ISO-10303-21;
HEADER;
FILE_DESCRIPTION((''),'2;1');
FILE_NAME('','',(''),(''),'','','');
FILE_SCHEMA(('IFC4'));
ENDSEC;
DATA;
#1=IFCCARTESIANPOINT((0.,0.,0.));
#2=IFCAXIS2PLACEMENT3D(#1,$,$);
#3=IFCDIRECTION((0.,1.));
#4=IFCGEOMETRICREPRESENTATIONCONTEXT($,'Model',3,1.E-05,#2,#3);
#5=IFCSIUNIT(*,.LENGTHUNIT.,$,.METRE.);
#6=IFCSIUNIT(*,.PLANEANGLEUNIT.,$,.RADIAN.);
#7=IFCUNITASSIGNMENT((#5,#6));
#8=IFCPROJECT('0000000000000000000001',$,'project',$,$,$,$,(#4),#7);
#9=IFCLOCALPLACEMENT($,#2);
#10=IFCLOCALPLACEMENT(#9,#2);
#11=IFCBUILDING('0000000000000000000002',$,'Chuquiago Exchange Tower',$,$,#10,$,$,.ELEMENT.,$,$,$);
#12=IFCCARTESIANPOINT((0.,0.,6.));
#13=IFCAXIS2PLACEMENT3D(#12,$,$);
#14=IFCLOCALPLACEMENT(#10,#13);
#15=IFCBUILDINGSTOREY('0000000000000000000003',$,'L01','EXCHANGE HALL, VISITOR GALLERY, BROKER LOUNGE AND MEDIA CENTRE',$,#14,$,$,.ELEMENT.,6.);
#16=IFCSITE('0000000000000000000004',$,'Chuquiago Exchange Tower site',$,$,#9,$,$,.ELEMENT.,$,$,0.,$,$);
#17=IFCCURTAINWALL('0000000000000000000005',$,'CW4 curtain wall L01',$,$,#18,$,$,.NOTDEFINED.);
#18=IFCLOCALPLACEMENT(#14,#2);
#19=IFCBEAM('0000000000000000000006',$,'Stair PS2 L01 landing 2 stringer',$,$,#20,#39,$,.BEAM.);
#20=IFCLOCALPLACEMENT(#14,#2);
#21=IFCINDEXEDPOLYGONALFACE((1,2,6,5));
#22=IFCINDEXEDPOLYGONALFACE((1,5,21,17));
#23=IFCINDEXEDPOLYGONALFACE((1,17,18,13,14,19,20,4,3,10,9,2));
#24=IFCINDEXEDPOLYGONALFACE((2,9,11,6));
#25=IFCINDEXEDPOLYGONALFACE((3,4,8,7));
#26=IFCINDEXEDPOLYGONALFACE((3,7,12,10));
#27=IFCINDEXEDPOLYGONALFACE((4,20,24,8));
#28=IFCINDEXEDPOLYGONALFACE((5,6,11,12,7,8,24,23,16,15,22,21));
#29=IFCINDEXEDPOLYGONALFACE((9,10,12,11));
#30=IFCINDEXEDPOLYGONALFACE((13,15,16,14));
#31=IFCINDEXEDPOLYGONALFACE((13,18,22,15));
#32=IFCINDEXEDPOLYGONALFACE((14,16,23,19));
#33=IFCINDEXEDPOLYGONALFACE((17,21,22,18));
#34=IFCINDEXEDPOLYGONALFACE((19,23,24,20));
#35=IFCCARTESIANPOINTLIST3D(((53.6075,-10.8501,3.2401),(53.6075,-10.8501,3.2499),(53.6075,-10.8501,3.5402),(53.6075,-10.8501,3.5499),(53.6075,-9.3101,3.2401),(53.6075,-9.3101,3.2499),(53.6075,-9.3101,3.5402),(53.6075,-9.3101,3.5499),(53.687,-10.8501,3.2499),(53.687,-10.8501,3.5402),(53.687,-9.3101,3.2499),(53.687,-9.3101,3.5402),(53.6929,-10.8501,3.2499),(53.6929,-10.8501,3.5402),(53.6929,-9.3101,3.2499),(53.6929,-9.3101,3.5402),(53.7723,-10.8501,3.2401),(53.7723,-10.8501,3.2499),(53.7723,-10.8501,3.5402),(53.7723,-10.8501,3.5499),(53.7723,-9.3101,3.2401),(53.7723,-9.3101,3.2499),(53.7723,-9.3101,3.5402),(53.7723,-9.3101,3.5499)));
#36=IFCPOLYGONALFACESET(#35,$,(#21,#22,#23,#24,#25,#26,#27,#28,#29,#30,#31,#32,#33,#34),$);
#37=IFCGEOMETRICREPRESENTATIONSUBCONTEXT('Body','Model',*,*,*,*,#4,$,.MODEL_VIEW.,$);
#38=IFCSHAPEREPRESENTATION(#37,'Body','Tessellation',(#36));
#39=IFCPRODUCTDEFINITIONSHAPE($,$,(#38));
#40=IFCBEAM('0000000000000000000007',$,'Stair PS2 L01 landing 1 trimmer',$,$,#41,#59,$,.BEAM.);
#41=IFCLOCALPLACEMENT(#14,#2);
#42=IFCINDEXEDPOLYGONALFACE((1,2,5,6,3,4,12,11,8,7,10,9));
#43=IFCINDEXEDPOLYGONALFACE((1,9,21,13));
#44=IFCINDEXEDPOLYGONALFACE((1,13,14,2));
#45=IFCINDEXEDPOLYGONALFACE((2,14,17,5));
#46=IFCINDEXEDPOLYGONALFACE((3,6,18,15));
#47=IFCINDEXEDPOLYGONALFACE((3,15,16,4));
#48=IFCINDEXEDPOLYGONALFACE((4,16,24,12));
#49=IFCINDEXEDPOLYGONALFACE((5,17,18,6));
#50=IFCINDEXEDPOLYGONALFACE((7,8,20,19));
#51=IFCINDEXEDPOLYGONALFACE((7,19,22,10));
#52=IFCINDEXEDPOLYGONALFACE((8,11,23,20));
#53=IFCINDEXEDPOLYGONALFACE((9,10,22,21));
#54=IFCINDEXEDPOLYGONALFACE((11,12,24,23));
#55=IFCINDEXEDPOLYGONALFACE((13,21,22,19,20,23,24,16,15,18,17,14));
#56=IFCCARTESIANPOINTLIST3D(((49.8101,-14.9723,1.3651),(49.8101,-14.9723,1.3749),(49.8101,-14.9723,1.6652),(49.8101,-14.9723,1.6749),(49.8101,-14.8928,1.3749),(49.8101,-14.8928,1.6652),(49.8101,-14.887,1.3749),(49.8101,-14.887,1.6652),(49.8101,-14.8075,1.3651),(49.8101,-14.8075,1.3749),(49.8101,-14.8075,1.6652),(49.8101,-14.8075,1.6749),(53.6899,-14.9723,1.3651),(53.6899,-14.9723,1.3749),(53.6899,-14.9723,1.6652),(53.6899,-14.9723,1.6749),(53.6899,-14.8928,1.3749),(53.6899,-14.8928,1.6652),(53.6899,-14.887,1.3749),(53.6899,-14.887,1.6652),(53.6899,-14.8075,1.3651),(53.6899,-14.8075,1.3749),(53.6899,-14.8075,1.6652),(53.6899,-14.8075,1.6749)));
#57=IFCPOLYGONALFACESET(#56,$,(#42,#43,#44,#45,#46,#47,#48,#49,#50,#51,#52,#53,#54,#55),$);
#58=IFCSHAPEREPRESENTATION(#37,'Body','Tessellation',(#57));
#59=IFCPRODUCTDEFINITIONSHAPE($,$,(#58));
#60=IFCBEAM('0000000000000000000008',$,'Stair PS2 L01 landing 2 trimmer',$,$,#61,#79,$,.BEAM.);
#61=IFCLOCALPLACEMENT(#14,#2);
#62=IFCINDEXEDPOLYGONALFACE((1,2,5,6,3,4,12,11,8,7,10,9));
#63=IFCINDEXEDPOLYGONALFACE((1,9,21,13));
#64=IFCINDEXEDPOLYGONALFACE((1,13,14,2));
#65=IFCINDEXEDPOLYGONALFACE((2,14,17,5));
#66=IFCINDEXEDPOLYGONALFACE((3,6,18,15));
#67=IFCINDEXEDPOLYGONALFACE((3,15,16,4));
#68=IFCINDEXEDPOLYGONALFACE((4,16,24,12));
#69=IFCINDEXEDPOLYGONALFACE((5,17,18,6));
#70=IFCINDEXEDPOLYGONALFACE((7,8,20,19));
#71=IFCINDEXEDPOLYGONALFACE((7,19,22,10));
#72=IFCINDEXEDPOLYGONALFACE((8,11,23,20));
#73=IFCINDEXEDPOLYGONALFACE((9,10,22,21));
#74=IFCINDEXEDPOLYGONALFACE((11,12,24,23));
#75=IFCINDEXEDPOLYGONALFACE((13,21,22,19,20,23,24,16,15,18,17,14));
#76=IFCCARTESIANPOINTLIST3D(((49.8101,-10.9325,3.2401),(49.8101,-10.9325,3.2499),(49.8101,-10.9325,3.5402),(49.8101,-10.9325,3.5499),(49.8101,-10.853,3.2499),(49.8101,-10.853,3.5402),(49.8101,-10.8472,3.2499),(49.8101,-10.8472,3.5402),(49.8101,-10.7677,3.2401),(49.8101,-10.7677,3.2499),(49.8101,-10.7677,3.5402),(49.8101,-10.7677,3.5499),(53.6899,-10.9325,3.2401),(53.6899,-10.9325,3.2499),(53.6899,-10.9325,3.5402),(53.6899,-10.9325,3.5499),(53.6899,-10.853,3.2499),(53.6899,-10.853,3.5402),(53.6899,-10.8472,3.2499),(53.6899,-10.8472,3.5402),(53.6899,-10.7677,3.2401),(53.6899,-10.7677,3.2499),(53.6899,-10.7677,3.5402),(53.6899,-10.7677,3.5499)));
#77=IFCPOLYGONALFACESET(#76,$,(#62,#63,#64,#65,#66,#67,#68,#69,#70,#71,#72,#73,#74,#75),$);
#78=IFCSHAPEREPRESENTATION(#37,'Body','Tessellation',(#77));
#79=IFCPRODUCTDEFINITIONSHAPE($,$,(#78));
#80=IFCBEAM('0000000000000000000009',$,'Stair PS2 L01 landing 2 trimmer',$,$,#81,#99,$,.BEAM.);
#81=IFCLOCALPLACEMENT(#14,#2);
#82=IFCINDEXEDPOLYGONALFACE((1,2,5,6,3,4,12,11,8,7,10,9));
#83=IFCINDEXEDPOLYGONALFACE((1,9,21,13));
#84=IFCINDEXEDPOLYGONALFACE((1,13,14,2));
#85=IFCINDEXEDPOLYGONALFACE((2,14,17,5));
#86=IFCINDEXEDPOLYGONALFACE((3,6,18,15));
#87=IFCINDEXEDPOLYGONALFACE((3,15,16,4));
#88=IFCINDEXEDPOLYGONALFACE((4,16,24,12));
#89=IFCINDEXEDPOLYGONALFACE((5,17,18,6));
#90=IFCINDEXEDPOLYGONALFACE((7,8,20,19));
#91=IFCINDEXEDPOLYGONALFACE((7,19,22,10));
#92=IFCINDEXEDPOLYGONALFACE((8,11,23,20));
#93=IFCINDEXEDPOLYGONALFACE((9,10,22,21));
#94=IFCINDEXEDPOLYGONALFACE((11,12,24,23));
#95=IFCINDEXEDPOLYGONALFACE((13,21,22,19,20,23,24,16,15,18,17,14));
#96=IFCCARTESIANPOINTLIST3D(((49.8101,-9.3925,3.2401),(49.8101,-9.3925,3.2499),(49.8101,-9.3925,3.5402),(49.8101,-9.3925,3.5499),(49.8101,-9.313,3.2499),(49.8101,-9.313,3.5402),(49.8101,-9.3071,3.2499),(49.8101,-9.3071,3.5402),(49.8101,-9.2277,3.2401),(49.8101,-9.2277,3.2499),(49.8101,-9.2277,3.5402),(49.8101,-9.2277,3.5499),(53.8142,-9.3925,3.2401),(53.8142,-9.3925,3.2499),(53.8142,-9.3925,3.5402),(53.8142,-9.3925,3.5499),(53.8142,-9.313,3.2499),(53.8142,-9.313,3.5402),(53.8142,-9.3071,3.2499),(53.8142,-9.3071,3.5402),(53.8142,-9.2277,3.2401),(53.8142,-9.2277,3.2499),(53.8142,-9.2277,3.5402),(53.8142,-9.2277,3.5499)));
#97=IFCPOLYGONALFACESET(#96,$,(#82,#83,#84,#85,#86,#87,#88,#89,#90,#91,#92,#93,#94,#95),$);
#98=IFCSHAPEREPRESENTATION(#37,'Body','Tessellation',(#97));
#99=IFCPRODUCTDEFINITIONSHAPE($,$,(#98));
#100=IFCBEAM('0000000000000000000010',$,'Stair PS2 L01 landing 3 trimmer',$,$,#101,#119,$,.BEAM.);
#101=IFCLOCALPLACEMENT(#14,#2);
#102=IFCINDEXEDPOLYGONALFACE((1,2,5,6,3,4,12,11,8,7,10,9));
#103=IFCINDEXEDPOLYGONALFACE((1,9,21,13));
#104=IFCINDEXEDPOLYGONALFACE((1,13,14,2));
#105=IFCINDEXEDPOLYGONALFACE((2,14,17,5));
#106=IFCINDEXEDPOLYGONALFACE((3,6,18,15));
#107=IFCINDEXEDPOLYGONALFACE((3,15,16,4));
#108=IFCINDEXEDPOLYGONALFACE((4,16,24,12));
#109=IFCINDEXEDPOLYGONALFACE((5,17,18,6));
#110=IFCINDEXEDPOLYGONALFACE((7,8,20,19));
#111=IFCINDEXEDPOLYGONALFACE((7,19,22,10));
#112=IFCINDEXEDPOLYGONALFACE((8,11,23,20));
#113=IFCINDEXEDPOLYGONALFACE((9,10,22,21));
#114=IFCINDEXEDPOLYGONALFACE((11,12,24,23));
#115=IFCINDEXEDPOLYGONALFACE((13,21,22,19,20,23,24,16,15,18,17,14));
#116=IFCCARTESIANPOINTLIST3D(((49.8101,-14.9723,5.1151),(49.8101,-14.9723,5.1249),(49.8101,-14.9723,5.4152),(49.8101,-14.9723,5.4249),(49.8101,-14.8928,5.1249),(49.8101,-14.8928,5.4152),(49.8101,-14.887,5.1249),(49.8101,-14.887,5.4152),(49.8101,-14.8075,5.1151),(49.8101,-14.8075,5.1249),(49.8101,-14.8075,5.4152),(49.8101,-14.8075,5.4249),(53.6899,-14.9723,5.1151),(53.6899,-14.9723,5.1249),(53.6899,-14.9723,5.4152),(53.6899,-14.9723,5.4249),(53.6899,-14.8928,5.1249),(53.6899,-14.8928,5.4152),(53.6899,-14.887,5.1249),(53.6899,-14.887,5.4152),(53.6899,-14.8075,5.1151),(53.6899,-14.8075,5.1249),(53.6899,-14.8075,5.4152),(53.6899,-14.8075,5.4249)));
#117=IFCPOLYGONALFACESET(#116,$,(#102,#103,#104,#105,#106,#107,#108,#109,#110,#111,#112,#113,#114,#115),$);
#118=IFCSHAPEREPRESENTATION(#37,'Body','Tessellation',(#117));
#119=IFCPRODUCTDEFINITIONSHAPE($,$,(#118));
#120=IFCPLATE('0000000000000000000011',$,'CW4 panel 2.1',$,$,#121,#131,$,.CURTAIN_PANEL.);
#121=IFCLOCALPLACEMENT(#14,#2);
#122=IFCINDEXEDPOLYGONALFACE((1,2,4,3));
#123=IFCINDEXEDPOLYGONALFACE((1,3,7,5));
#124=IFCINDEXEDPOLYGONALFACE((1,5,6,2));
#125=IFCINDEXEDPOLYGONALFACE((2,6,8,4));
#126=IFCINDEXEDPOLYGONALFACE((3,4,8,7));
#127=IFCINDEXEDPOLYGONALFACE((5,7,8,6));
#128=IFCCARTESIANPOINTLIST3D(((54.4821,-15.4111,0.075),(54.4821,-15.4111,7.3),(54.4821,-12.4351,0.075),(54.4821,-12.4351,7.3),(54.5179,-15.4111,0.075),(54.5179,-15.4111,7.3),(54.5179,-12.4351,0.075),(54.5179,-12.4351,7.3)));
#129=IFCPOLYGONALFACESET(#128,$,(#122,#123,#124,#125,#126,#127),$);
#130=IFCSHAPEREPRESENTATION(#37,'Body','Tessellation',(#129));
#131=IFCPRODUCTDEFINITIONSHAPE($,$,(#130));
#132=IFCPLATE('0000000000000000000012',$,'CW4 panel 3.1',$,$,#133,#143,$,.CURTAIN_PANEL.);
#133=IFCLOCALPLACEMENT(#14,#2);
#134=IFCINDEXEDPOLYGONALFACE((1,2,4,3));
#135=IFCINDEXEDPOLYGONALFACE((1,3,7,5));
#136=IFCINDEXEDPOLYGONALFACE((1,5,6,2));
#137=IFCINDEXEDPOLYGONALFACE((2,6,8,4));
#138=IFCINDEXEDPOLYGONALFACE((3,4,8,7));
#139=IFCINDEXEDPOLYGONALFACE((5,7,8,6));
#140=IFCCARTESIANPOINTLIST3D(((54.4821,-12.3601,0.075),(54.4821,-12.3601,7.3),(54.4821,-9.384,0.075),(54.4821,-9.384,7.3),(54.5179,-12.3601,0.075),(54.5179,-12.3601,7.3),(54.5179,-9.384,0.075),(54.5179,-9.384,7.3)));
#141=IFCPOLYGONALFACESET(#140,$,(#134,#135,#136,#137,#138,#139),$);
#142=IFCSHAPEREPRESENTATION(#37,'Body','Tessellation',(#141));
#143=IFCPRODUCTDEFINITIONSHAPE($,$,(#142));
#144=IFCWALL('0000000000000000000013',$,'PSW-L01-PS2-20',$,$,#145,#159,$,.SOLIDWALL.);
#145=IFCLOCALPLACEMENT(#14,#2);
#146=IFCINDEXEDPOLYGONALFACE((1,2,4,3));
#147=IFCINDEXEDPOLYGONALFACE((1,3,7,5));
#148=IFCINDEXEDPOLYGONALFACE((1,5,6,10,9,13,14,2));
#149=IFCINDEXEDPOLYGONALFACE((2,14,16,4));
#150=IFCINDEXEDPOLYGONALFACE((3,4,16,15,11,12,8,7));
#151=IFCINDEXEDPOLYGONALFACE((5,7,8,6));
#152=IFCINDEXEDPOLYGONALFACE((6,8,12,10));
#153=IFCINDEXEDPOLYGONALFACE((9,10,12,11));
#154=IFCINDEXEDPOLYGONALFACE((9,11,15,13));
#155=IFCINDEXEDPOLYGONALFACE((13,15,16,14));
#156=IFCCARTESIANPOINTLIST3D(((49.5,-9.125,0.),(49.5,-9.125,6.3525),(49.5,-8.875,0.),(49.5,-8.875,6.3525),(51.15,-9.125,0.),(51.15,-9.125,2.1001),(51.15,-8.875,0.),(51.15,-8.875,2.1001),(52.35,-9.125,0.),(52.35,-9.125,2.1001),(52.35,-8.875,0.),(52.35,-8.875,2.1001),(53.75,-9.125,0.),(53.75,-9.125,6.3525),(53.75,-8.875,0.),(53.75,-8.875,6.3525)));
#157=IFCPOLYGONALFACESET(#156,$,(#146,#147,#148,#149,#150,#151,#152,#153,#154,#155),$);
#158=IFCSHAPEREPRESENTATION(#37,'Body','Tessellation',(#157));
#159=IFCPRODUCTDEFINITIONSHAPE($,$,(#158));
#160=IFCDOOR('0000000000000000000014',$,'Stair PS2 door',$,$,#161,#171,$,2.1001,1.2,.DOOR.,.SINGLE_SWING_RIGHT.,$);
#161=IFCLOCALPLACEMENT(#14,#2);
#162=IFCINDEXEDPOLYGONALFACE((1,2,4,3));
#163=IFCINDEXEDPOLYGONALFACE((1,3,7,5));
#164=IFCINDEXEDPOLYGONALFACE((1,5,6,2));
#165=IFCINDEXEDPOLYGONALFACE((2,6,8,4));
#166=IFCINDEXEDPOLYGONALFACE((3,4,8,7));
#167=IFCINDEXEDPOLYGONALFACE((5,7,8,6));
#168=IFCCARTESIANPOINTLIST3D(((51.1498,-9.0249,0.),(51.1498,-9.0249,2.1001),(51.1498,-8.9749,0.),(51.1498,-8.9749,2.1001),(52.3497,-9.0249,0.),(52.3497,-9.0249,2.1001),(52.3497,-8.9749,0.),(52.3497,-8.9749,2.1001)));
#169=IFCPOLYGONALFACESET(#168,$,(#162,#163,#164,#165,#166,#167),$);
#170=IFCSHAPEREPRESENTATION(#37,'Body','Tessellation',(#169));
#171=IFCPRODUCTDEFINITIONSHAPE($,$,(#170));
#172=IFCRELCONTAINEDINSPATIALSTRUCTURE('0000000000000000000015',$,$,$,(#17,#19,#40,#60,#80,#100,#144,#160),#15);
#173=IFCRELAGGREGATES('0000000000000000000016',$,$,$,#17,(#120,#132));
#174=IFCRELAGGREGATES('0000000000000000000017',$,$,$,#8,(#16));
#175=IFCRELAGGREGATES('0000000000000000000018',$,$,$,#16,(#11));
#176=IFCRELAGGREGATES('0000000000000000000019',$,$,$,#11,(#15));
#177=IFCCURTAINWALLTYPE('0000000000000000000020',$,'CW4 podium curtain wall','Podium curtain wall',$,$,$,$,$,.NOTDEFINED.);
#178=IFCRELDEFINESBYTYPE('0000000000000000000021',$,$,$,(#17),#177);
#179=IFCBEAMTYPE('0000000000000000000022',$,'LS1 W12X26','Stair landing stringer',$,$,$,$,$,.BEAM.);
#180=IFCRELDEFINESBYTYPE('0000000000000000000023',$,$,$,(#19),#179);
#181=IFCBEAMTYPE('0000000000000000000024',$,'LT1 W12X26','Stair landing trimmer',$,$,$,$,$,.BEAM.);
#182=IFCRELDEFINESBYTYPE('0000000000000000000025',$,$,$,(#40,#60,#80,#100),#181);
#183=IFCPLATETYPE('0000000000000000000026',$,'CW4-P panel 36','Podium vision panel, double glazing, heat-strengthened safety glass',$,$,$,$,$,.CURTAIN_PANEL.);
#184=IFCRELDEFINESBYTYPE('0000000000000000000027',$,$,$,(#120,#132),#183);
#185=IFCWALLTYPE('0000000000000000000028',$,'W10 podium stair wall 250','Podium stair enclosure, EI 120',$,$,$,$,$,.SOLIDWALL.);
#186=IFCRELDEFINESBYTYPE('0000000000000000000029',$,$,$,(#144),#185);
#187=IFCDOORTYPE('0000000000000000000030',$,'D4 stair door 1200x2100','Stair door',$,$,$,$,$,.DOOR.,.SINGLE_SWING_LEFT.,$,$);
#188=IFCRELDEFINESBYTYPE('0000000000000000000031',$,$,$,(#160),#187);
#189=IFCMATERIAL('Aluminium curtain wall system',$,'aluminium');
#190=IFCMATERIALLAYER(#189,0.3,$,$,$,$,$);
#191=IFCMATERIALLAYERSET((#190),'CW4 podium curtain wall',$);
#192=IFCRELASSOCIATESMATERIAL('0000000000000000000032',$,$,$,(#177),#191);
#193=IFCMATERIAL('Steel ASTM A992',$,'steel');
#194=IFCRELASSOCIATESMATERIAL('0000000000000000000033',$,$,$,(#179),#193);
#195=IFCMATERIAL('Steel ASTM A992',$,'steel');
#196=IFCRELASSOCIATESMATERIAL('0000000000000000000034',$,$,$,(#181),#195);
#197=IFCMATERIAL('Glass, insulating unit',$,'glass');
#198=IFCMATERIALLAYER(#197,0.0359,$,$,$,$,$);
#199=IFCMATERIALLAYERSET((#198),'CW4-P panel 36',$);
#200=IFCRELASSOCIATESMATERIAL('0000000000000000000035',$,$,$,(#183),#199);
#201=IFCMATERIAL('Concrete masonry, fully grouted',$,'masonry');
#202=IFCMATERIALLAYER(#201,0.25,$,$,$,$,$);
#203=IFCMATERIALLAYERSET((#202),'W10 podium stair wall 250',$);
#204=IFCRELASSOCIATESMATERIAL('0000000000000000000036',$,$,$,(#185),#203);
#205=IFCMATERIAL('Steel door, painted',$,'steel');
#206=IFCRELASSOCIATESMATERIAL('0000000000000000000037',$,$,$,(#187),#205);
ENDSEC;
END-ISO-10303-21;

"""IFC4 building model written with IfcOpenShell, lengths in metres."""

from ifc_helpers import new_model, si_unit, direction, frame, frame_2d, origin, origin_2d, place, context, subcontext, project, spatial, rectangle, i_section, extrude, material, layer, layer_set, material_profile, profile_set, type_object, element, fill, aggregate, save


model = new_model("IFC4")

# Units and contexts
model_context = context("Model", 3, precision=1e-05, world=origin(), true_north=direction((0.0, 1.0)))
body_context = subcontext(model_context, "Body", "Model", "MODEL_VIEW")
ifc_project = project(units=[si_unit("LENGTHUNIT", "METRE"), si_unit("PLANEANGLEUNIT", "RADIAN")], contexts=[model_context])

# Site, building, storey
site_placement = place(None, origin())
site = spatial("IfcSite", under=ifc_project, at=site_placement, Name="Chuquiago Exchange Tower site", CompositionType="ELEMENT", RefElevation=0.0)
building_placement = place(site_placement, origin())
building = spatial("IfcBuilding", under=site, at=building_placement, Name="Chuquiago Exchange Tower", CompositionType="ELEMENT")
storey_placement = place(building_placement, frame((0.0, 0.0, 6.0)))
storey = spatial("IfcBuildingStorey", under=building, at=storey_placement, Name="L01", Description="EXCHANGE HALL, VISITOR GALLERY, BROKER LOUNGE AND MEDIA CENTRE", CompositionType="ELEMENT", Elevation=6.0)

# Curtain wall
ifc_material_1 = material(Name="Aluminium curtain wall system", Category="aluminium")
ifc_layer_1 = layer(ifc_material_1, 0.3)
ifc_layer_set_1 = layer_set([ifc_layer_1], Name="CW4 podium curtain wall")
curtain_wall_type = type_object("IfcCurtainWallType", Name="CW4 podium curtain wall", Description="Podium curtain wall", PredefinedType="NOTDEFINED", material=ifc_layer_set_1)
curtain_wall_placement = place(storey_placement, origin())
curtain_wall = element("IfcCurtainWall", 1, at=curtain_wall_placement, inside=storey, type_object=curtain_wall_type, Name="CW4 curtain wall L01", PredefinedType="NOTDEFINED")

# Beams
ifc_material_2 = material(Name="Steel ASTM A992", Category="steel")
ifc_material_profile_1 = material_profile(ifc_material_2, i_section(OverallWidth=0.1648, OverallDepth=0.3098, WebThickness=0.0059, FlangeThickness=0.0098, at=origin_2d()), Name="W12X26")
ifc_profile_set_1 = profile_set([ifc_material_profile_1], Name="Steel ASTM A992")
beam_type_1 = type_object("IfcBeamType", Name="LS1 W12X26", Description="Stair landing stringer", PredefinedType="BEAM", material=ifc_profile_set_1)
for number, where, z_axis, x_axis, name in (
    (2, (53.6899, -10.8501, 3.395), (0.0, 1.0, 0.0), (-1.0, 0.0, 0.0), "Stair PS2 L01 landing 2 stringer"),
):
    element("IfcBeam", number, at=place(storey_placement, frame(where, z_axis=z_axis, x_axis=x_axis)), inside=storey, type_object=beam_type_1, Name=name, PredefinedType="BEAM", context=body_context, shape_type="SweptSolid", body=[
        extrude(i_section(OverallWidth=0.1648, OverallDepth=0.3098, WebThickness=0.0059, FlangeThickness=0.0098, at=origin_2d()), origin(), (0.0, 0.0, 1.0), 1.54),
    ])
ifc_material_3 = material(Name="Steel ASTM A992", Category="steel")
ifc_material_profile_2 = material_profile(ifc_material_3, i_section(OverallWidth=0.1648, OverallDepth=0.3098, WebThickness=0.0059, FlangeThickness=0.0098, at=origin_2d()), Name="W12X26")
ifc_profile_set_2 = profile_set([ifc_material_profile_2], Name="Steel ASTM A992")
beam_type_2 = type_object("IfcBeamType", Name="LT1 W12X26", Description="Stair landing trimmer", PredefinedType="BEAM", material=ifc_profile_set_2)
for number, where, z_axis, x_axis, name in (
    (3, (49.8101, -14.8899, 1.52), (1.0, 0.0, 0.0), (0.0, 1.0, 0.0), "Stair PS2 L01 landing 1 trimmer"),
    (4, (49.8101, -10.8501, 3.395), (1.0, 0.0, 0.0), (0.0, 1.0, 0.0), "Stair PS2 L01 landing 2 trimmer"),
):
    element("IfcBeam", number, at=place(storey_placement, frame(where, z_axis=z_axis, x_axis=x_axis)), inside=storey, type_object=beam_type_2, Name=name, PredefinedType="BEAM", context=body_context, shape_type="SweptSolid", body=[
        extrude(i_section(OverallWidth=0.1648, OverallDepth=0.3098, WebThickness=0.0059, FlangeThickness=0.0098, at=origin_2d()), origin(), (0.0, 0.0, 1.0), 3.8799),
    ])
beam_1_placement = place(storey_placement, frame((49.8101, -9.3101, 3.395), z_axis=(1.0, 0.0, 0.0), x_axis=(0.0, 1.0, 0.0)))
element("IfcBeam", 5, at=beam_1_placement, inside=storey, type_object=beam_type_2, Name="Stair PS2 L01 landing 2 trimmer", PredefinedType="BEAM", context=body_context, shape_type="SweptSolid", body=[
    extrude(i_section(OverallWidth=0.1648, OverallDepth=0.3098, WebThickness=0.0059, FlangeThickness=0.0098, at=origin_2d()), origin(), (0.0, 0.0, 1.0), 4.0042),
])
beam_2_placement = place(storey_placement, frame((49.8101, -14.8899, 5.27), z_axis=(1.0, 0.0, 0.0), x_axis=(0.0, 1.0, 0.0)))
element("IfcBeam", 6, at=beam_2_placement, inside=storey, type_object=beam_type_2, Name="Stair PS2 L01 landing 3 trimmer", PredefinedType="BEAM", context=body_context, shape_type="SweptSolid", body=[
    extrude(i_section(OverallWidth=0.1648, OverallDepth=0.3098, WebThickness=0.0059, FlangeThickness=0.0098, at=origin_2d()), origin(), (0.0, 0.0, 1.0), 3.8799),
])

# Plates
ifc_material_4 = material(Name="Glass, insulating unit", Category="glass")
ifc_layer_2 = layer(ifc_material_4, 0.0359)
ifc_layer_set_2 = layer_set([ifc_layer_2], Name="CW4-P panel 36")
plate_type = type_object("IfcPlateType", Name="CW4-P panel 36", Description="Podium vision panel, double glazing, heat-strengthened safety glass", PredefinedType="CURTAIN_PANEL", material=ifc_layer_set_2)
plate_1_placement = place(storey_placement, frame((54.5, -13.9231, 0.075), z_axis=(0.0, 0.0, 1.0), x_axis=(0.0, 1.0, 0.0)))
plate_1 = element("IfcPlate", 7, at=plate_1_placement, type_object=plate_type, Name="CW4 panel 2.1", PredefinedType="CURTAIN_PANEL", context=body_context, shape_type="SweptSolid", body=[
    extrude(rectangle(XDim=2.9761, YDim=0.0359, at=origin_2d()), origin(), (0.0, 0.0, 1.0), 7.2251),
])
plate_2_placement = place(storey_placement, frame((54.5, -10.8721, 0.075), z_axis=(0.0, 0.0, 1.0), x_axis=(0.0, 1.0, 0.0)))
plate_2 = element("IfcPlate", 8, at=plate_2_placement, type_object=plate_type, Name="CW4 panel 3.1", PredefinedType="CURTAIN_PANEL", context=body_context, shape_type="SweptSolid", body=[
    extrude(rectangle(XDim=2.9761, YDim=0.0359, at=origin_2d()), origin(), (0.0, 0.0, 1.0), 7.2251),
])
aggregate(curtain_wall, [plate_1, plate_2])

# Wall, opening, door
ifc_material_5 = material(Name="Concrete masonry, fully grouted", Category="masonry")
ifc_layer_3 = layer(ifc_material_5, 0.25)
ifc_layer_set_3 = layer_set([ifc_layer_3], Name="W10 podium stair wall 250")
wall_type = type_object("IfcWallType", Name="W10 podium stair wall 250", Description="Podium stair enclosure, EI 120", PredefinedType="SOLIDWALL", material=ifc_layer_set_3)
wall_placement = place(storey_placement, frame((49.5, -9.0, 0.0), z_axis=(0.0, 0.0, 1.0), x_axis=(1.0, 0.0, 0.0)))
wall = element("IfcWall", 9, at=wall_placement, inside=storey, type_object=wall_type, Name="PSW-L01-PS2-20", PredefinedType="SOLIDWALL", context=body_context, shape_type="SweptSolid", body=[
    extrude(rectangle(XDim=4.25, YDim=0.25, at=frame_2d((2.125, 0.0))), origin(), (0.0, 0.0, 1.0), 6.3525),
])
opening_placement = place(wall_placement, frame((1.6499, 0.0, 0.0)))
opening = element("IfcOpeningElement", 10, at=opening_placement, cuts=wall, PredefinedType="OPENING", context=body_context, shape_type="SweptSolid", body=[
    extrude(rectangle(XDim=1.2, YDim=2.1001, at=frame_2d((0.6001, 1.05))), frame((0.0, 0.135, 0.0), z_axis=(0.0, -1.0, 0.0), x_axis=(1.0, 0.0, 0.0)), (0.0, 0.0, 1.0), 0.27),
])
ifc_material_6 = material(Name="Steel door, painted", Category="steel")
door_type = type_object("IfcDoorType", Name="D4 stair door 1200x2100", Description="Stair door", OperationType="SINGLE_SWING_LEFT", PredefinedType="DOOR", material=ifc_material_6)
door_placement = place(opening_placement, frame((1.2, 0.0, 0.0), z_axis=(0.0, 0.0, 1.0), x_axis=(-1.0, 0.0, 0.0)))
door = element("IfcDoor", 11, at=door_placement, inside=storey, type_object=door_type, Name="Stair PS2 door", OperationType="SINGLE_SWING_RIGHT", OverallHeight=2.1001, OverallWidth=1.2, PredefinedType="DOOR", context=body_context, shape_type="SweptSolid", body=[
    extrude(rectangle(XDim=1.2, YDim=2.1001, at=frame_2d((0.6001, 1.05))), frame((0.0, 0.0249, 0.0), z_axis=(0.0, -1.0, 0.0), x_axis=(1.0, 0.0, 0.0)), (0.0, 0.0, 1.0), 0.05),
])
fill(opening, door)

save(model, "model.ifc")
